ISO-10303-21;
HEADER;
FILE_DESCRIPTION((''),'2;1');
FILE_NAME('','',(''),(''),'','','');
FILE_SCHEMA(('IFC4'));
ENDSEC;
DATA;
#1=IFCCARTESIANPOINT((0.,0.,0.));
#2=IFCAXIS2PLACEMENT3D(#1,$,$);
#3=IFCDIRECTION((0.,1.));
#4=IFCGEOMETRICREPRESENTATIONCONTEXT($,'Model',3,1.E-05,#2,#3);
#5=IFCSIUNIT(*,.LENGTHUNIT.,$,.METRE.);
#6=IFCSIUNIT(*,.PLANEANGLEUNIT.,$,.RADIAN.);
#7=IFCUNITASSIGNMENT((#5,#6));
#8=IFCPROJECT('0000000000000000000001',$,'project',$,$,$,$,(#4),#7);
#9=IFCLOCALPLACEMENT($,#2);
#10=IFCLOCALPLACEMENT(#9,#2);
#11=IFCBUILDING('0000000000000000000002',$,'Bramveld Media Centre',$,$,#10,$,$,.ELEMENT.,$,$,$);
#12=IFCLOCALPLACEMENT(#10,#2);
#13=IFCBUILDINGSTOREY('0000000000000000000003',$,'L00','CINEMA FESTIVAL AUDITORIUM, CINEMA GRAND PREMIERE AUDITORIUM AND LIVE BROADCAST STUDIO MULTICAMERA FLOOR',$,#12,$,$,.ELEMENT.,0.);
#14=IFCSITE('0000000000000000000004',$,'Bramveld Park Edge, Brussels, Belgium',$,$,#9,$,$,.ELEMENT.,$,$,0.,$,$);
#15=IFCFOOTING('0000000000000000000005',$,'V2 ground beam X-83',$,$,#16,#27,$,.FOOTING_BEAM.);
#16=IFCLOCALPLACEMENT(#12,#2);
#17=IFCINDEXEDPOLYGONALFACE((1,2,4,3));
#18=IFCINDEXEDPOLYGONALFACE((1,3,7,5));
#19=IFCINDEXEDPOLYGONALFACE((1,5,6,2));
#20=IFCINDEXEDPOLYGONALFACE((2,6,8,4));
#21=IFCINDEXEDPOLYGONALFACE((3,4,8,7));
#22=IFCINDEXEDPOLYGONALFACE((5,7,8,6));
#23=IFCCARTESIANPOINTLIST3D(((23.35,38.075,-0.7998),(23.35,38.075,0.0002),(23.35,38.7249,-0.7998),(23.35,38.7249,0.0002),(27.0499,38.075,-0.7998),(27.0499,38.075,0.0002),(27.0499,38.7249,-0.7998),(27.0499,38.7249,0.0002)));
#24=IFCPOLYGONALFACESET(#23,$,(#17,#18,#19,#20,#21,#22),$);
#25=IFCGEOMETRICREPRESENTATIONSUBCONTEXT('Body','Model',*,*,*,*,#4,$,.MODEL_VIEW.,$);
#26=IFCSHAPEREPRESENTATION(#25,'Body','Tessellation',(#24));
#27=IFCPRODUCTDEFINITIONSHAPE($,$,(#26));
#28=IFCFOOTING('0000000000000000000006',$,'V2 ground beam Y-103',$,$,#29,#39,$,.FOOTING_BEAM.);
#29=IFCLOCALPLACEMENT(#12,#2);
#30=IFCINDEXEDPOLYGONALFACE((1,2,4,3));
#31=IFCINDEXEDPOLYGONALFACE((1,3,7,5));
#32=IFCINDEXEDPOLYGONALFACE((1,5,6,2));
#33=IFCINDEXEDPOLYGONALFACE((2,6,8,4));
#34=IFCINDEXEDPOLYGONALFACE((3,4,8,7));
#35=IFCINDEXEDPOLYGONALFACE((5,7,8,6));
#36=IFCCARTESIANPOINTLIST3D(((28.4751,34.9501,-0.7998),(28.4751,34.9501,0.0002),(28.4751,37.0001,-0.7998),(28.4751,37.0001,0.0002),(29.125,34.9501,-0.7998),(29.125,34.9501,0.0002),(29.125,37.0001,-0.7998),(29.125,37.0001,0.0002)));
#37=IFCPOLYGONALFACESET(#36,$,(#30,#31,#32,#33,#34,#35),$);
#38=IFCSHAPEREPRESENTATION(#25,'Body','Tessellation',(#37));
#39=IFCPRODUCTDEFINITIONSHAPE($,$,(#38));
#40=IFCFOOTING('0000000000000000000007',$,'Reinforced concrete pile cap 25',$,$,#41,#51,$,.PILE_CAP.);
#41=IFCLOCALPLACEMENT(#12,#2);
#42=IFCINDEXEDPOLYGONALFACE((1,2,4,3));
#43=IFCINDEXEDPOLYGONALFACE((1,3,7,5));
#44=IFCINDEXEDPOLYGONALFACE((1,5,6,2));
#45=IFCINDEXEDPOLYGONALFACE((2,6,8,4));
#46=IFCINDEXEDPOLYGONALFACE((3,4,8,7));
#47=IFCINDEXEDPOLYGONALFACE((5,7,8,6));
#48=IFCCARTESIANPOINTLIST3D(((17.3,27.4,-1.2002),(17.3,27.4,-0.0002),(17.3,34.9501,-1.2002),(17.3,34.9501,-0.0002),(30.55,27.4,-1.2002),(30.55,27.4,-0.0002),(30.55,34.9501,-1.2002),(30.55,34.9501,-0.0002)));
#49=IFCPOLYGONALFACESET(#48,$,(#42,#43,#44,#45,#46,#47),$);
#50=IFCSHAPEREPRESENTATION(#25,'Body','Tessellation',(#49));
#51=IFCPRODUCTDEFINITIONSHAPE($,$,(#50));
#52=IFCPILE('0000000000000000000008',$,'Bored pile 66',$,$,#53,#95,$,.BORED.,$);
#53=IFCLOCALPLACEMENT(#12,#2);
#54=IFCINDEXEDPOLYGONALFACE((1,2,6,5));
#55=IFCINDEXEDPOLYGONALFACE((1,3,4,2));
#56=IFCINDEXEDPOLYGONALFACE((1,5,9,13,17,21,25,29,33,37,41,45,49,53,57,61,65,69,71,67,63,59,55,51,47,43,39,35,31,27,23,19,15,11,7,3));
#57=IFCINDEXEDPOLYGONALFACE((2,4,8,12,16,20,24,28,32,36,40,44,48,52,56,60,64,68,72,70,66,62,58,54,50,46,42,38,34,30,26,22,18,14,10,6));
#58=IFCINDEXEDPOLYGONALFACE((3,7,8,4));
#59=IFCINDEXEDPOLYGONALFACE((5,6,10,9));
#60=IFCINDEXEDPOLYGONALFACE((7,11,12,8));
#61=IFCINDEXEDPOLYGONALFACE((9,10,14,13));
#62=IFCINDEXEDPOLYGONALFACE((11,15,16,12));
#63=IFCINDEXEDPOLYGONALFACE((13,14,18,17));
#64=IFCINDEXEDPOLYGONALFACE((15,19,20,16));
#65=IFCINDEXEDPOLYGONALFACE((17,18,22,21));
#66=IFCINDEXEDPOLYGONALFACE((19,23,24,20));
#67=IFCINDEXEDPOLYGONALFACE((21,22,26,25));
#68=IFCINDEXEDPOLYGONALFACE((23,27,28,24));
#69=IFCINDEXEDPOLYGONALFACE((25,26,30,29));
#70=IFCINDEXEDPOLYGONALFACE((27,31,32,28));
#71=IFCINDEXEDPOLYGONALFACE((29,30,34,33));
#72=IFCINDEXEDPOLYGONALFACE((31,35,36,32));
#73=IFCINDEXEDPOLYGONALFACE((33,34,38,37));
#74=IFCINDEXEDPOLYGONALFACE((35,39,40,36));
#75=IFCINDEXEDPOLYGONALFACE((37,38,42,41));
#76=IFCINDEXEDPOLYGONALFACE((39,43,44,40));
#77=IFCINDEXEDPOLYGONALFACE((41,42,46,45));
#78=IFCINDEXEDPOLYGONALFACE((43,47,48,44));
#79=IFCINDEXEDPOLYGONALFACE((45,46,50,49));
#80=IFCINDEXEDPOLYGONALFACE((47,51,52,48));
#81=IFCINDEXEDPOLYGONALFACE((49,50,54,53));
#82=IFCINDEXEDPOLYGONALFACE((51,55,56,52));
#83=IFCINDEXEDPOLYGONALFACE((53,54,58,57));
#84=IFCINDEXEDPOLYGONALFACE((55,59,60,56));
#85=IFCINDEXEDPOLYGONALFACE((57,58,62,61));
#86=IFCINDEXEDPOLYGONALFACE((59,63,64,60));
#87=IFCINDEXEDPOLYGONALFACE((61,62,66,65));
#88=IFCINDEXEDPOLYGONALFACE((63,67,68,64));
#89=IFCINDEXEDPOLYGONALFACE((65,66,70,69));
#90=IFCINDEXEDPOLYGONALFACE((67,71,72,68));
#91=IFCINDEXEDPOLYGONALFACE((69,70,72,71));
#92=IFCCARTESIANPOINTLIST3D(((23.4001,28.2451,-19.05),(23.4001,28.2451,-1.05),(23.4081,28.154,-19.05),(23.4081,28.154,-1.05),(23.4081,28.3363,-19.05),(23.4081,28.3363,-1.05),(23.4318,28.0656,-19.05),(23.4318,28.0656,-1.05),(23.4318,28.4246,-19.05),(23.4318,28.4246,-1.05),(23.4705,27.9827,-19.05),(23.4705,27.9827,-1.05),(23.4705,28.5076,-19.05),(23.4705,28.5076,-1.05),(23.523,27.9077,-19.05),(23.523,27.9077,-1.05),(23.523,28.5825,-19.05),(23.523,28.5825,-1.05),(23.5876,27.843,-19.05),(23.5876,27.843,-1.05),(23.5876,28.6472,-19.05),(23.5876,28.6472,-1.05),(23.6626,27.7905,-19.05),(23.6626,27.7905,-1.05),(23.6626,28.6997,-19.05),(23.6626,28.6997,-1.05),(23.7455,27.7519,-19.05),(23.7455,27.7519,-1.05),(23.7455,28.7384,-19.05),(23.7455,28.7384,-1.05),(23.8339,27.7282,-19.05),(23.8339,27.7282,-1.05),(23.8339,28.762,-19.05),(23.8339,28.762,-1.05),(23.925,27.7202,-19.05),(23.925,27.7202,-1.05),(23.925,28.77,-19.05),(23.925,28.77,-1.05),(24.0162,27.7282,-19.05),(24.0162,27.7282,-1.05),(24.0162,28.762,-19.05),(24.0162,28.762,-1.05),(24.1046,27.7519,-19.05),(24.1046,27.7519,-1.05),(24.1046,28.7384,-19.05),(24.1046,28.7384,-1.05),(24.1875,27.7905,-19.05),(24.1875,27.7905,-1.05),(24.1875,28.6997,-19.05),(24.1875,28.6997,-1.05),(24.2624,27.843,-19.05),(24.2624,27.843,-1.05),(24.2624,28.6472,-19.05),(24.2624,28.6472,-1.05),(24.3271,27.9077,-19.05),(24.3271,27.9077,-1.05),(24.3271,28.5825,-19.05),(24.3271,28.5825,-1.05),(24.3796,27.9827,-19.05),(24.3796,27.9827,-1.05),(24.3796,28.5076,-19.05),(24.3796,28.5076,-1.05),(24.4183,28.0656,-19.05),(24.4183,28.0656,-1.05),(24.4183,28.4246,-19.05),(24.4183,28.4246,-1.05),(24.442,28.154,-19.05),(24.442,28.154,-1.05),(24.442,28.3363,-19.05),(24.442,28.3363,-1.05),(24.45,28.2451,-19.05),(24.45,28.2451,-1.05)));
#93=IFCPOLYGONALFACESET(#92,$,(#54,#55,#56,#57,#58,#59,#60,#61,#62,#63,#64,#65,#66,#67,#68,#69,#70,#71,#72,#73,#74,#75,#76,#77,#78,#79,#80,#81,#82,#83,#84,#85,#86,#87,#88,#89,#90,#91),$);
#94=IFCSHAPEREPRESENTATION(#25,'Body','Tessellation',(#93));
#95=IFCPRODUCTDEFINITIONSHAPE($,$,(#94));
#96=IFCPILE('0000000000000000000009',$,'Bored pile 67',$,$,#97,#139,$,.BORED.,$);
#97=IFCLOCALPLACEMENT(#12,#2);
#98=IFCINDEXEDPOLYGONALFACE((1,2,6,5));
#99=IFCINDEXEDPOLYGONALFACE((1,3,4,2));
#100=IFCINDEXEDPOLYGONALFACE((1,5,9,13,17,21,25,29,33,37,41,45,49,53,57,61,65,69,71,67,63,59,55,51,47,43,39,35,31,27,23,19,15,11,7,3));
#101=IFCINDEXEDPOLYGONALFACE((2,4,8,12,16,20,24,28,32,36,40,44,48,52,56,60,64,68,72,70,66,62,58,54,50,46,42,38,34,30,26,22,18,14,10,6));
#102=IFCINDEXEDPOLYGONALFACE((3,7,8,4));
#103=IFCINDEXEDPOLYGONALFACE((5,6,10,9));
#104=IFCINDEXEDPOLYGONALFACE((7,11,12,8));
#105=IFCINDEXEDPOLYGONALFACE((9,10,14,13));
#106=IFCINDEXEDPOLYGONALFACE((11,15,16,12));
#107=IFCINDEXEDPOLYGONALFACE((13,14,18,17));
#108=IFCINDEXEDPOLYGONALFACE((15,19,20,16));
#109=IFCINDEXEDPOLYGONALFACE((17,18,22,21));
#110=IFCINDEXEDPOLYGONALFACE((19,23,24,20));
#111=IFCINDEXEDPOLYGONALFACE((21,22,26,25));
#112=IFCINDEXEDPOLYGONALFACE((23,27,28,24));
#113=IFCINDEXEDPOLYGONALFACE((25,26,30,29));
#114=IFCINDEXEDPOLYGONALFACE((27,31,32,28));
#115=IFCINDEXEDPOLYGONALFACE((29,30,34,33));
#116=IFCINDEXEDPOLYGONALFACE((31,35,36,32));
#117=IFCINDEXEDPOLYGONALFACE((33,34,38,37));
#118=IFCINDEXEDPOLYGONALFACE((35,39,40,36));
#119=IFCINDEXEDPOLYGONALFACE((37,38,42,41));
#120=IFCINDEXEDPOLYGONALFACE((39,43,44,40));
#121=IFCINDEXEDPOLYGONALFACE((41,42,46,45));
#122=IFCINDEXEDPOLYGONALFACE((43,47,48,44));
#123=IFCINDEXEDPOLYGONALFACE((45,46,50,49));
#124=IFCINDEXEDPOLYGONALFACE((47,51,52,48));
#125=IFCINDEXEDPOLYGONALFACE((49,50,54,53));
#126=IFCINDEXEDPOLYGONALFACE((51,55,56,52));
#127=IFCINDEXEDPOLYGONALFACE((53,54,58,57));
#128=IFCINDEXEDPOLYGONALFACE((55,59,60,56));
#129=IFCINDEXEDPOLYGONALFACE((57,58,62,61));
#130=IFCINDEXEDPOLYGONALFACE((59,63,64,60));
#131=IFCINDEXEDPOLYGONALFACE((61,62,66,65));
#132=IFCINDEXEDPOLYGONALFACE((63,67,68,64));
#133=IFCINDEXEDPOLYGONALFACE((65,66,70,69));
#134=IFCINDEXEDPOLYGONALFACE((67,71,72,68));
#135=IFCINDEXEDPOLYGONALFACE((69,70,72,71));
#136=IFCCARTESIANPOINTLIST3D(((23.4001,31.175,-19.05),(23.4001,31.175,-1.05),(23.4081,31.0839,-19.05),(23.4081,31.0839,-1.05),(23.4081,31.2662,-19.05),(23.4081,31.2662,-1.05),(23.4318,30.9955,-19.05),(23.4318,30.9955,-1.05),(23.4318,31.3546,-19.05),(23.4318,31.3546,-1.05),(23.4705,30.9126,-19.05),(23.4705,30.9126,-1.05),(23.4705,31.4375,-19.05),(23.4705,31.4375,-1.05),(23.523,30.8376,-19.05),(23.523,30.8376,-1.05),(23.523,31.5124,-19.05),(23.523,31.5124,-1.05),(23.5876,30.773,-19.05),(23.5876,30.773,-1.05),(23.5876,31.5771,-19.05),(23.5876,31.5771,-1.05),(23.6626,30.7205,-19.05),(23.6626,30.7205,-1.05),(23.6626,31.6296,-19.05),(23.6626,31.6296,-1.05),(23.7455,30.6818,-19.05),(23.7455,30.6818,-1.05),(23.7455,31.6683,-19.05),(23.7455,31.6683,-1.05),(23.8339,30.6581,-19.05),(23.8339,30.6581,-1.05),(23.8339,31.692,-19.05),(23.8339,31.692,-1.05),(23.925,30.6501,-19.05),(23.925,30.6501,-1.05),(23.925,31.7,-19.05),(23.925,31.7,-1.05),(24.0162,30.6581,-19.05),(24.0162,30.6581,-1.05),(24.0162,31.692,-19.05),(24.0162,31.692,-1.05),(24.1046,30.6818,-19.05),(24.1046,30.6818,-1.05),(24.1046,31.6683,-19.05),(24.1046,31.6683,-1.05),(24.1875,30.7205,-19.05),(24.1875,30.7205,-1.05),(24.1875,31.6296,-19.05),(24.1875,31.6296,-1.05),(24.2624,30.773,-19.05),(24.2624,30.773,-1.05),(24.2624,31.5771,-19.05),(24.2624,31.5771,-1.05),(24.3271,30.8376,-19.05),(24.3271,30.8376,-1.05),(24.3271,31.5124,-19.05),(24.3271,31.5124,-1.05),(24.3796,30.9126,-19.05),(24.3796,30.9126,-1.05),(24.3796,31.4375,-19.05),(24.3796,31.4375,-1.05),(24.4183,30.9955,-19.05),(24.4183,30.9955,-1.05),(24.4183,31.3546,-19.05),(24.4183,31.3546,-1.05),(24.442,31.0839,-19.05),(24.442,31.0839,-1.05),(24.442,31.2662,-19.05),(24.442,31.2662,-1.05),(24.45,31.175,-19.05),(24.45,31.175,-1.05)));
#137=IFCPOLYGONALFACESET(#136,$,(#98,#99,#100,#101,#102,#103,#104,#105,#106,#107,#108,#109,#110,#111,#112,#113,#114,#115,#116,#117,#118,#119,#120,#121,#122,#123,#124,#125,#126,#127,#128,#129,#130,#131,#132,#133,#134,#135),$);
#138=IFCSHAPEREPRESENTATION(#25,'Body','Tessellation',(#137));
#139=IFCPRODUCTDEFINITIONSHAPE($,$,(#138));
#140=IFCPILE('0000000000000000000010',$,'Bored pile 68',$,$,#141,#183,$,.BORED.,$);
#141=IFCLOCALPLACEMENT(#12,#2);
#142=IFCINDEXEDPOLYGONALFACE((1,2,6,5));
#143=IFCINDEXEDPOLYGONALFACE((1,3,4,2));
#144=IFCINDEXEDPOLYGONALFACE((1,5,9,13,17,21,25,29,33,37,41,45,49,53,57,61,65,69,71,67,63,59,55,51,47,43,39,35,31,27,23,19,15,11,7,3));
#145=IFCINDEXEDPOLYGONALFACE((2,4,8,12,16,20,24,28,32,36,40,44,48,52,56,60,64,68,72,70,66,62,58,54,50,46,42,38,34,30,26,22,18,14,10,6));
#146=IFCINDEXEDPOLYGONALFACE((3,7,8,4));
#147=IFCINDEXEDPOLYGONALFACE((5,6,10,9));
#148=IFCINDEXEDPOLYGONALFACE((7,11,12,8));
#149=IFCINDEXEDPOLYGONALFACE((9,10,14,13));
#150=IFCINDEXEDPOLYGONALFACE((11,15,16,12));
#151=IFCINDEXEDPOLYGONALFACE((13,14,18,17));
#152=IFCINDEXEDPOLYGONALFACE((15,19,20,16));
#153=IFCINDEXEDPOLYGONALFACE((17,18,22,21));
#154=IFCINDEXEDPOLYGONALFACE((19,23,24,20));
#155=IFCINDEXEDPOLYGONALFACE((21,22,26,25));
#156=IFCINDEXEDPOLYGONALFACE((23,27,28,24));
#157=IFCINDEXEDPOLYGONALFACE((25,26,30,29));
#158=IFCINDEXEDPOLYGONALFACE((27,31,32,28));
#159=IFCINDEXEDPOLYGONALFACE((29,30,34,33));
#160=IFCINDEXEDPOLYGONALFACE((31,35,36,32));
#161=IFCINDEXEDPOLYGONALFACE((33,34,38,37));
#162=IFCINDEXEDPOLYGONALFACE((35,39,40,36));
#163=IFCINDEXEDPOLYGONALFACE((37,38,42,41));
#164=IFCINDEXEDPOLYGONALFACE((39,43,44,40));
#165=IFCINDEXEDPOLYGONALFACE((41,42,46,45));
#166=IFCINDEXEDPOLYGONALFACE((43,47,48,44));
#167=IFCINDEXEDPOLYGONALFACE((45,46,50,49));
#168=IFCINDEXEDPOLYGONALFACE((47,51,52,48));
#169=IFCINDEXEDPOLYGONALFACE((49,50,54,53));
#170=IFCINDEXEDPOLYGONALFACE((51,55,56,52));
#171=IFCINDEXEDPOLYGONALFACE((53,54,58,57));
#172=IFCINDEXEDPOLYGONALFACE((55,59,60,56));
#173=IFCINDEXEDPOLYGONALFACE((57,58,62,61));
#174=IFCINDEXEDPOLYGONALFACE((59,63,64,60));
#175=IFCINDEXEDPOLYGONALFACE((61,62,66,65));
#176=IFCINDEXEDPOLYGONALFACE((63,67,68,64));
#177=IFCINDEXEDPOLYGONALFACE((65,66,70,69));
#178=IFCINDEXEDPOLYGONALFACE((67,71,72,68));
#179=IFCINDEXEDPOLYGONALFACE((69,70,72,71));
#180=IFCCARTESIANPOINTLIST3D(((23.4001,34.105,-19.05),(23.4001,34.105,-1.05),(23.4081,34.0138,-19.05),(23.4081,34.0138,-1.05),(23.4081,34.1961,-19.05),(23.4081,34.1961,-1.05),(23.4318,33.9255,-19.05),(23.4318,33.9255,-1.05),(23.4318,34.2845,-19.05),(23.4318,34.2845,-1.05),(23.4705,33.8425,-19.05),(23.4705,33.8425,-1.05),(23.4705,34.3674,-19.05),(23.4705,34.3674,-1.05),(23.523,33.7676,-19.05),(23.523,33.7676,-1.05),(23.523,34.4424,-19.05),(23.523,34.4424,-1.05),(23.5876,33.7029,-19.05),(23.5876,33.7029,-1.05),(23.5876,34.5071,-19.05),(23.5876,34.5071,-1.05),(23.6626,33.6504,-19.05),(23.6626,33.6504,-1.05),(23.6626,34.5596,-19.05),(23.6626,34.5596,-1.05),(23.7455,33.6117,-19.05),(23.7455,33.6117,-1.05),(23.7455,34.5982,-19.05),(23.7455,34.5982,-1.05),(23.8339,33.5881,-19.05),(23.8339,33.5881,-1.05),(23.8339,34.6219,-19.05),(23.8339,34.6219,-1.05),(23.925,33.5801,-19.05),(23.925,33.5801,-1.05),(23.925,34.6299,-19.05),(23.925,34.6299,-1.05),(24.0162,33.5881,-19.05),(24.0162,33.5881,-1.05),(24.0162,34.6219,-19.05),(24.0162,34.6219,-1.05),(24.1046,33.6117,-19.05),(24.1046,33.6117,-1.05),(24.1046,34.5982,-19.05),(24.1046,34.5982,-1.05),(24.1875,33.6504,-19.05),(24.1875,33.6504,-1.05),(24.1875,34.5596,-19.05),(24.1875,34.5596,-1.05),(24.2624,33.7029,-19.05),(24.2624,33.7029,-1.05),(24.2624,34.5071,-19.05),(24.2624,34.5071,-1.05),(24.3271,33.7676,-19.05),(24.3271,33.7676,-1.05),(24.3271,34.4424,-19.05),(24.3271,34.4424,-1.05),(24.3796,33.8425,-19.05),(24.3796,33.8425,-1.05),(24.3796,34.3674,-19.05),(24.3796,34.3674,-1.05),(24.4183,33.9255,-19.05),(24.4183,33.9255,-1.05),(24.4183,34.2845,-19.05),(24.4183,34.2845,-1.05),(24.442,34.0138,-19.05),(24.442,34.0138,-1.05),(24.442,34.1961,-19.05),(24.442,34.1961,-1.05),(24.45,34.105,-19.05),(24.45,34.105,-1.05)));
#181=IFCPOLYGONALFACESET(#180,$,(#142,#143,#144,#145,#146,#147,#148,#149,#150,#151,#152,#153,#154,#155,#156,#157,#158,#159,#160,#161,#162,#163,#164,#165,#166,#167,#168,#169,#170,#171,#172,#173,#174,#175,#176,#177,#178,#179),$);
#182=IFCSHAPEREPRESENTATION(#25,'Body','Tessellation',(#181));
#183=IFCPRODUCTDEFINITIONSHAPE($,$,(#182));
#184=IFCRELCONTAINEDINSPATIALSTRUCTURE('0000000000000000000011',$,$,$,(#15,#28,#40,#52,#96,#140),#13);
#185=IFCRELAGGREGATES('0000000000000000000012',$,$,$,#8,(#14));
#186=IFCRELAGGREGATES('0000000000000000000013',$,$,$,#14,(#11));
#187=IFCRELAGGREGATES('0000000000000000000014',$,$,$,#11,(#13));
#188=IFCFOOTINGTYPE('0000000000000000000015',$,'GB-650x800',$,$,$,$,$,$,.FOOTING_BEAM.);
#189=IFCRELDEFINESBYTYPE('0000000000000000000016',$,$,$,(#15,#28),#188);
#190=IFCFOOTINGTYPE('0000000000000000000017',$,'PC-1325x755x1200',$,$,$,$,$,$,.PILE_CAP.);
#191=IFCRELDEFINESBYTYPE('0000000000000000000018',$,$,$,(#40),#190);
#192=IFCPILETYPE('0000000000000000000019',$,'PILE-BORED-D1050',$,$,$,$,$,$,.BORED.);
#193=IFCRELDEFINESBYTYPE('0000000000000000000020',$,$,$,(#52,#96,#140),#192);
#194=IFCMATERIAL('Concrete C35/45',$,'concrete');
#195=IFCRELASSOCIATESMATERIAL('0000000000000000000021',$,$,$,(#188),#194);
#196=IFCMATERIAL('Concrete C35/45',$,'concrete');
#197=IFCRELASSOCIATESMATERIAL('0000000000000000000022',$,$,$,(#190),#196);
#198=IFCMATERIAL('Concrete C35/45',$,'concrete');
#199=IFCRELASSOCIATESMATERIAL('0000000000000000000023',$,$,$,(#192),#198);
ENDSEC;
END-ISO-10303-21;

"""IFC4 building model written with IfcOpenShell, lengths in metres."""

from ifc_helpers import new_model, si_unit, direction, frame, origin, origin_2d, place, context, subcontext, project, spatial, rectangle, circle, extrude, material, material_profile, profile_set, type_object, element, save


model = new_model("IFC4")

# Units and contexts
model_context = context("Model", 3, precision=1e-05, world=origin(), true_north=direction((0.0, 1.0)))
body_context = subcontext(model_context, "Body", "Model", "MODEL_VIEW")
ifc_project = project(units=[si_unit("LENGTHUNIT", "METRE"), si_unit("PLANEANGLEUNIT", "RADIAN")], contexts=[model_context])

# Site, building, storey
site_placement = place(None, origin())
site = spatial("IfcSite", under=ifc_project, at=site_placement, Name="Bramveld Park Edge, Brussels, Belgium", CompositionType="ELEMENT", RefElevation=0.0)
building_placement = place(site_placement, origin())
building = spatial("IfcBuilding", under=site, at=building_placement, Name="Bramveld Media Centre", CompositionType="ELEMENT")
storey_placement = place(building_placement, origin())
storey = spatial("IfcBuildingStorey", under=building, at=storey_placement, Name="L00", Description="CINEMA FESTIVAL AUDITORIUM, CINEMA GRAND PREMIERE AUDITORIUM AND LIVE BROADCAST STUDIO MULTICAMERA FLOOR", CompositionType="ELEMENT", Elevation=0.0)

# Footings
ifc_material_1 = material(Name="Concrete C35/45", Category="concrete")
footing_type_1 = type_object("IfcFootingType", Name="GB-650x800", PredefinedType="FOOTING_BEAM", material=ifc_material_1)
footing_1_placement = place(storey_placement, frame((25.2, 38.3999, -0.7998), z_axis=(0.0, 0.0, 1.0), x_axis=(1.0, 0.0, 0.0)))
element("IfcFooting", 1, at=footing_1_placement, inside=storey, type_object=footing_type_1, Name="V2 ground beam X-83", PredefinedType="FOOTING_BEAM", context=body_context, shape_type="SweptSolid", body=[
    extrude(rectangle(XDim=3.7, YDim=0.6499, at=origin_2d()), origin(), (0.0, 0.0, 1.0), 0.8),
])
footing_2_placement = place(storey_placement, frame((28.8, 35.9751, -0.7998), z_axis=(0.0, 0.0, 1.0), x_axis=(1.0, 0.0, 0.0)))
element("IfcFooting", 2, at=footing_2_placement, inside=storey, type_object=footing_type_1, Name="V2 ground beam Y-103", PredefinedType="FOOTING_BEAM", context=body_context, shape_type="SweptSolid", body=[
    extrude(rectangle(XDim=0.6499, YDim=2.05, at=origin_2d()), origin(), (0.0, 0.0, 1.0), 0.8),
])
ifc_material_2 = material(Name="Concrete C35/45", Category="concrete")
footing_type_2 = type_object("IfcFootingType", Name="PC-1325x755x1200", PredefinedType="PILE_CAP", material=ifc_material_2)
footing_3_placement = place(storey_placement, frame((23.925, 31.175, -1.2002), z_axis=(0.0, 0.0, 1.0), x_axis=(1.0, 0.0, 0.0)))
element("IfcFooting", 3, at=footing_3_placement, inside=storey, type_object=footing_type_2, Name="Reinforced concrete pile cap 25", PredefinedType="PILE_CAP", context=body_context, shape_type="SweptSolid", body=[
    extrude(rectangle(XDim=13.25, YDim=7.55, at=origin_2d()), origin(), (0.0, 0.0, 1.0), 1.2),
])

# Piles
ifc_material_3 = material(Name="Concrete C35/45", Category="concrete")
ifc_material_profile_1 = material_profile(ifc_material_3, circle(Radius=0.5249, at=origin_2d()), Name="BORED D1050")
ifc_profile_set_1 = profile_set([ifc_material_profile_1], Name="Concrete C35/45")
pile_type = type_object("IfcPileType", Name="PILE-BORED-D1050", PredefinedType="BORED", material=ifc_profile_set_1)
for number, where, z_axis, x_axis, name in (
    (4, (23.925, 28.2451, -1.05), (0.0, 0.0, -1.0), (1.0, 0.0, 0.0), "Bored pile 66"),
    (5, (23.925, 31.175, -1.05), (0.0, 0.0, -1.0), (1.0, 0.0, 0.0), "Bored pile 67"),
    (6, (23.925, 34.105, -1.05), (0.0, 0.0, -1.0), (1.0, 0.0, 0.0), "Bored pile 68"),
):
    element("IfcPile", number, at=place(storey_placement, frame(where, z_axis=z_axis, x_axis=x_axis)), inside=storey, type_object=pile_type, Name=name, PredefinedType="BORED", context=body_context, shape_type="SweptSolid", body=[
        extrude(circle(Radius=0.5249, at=origin_2d()), origin(), (0.0, 0.0, 1.0), 18.0),
    ])

save(model, "model.ifc")
